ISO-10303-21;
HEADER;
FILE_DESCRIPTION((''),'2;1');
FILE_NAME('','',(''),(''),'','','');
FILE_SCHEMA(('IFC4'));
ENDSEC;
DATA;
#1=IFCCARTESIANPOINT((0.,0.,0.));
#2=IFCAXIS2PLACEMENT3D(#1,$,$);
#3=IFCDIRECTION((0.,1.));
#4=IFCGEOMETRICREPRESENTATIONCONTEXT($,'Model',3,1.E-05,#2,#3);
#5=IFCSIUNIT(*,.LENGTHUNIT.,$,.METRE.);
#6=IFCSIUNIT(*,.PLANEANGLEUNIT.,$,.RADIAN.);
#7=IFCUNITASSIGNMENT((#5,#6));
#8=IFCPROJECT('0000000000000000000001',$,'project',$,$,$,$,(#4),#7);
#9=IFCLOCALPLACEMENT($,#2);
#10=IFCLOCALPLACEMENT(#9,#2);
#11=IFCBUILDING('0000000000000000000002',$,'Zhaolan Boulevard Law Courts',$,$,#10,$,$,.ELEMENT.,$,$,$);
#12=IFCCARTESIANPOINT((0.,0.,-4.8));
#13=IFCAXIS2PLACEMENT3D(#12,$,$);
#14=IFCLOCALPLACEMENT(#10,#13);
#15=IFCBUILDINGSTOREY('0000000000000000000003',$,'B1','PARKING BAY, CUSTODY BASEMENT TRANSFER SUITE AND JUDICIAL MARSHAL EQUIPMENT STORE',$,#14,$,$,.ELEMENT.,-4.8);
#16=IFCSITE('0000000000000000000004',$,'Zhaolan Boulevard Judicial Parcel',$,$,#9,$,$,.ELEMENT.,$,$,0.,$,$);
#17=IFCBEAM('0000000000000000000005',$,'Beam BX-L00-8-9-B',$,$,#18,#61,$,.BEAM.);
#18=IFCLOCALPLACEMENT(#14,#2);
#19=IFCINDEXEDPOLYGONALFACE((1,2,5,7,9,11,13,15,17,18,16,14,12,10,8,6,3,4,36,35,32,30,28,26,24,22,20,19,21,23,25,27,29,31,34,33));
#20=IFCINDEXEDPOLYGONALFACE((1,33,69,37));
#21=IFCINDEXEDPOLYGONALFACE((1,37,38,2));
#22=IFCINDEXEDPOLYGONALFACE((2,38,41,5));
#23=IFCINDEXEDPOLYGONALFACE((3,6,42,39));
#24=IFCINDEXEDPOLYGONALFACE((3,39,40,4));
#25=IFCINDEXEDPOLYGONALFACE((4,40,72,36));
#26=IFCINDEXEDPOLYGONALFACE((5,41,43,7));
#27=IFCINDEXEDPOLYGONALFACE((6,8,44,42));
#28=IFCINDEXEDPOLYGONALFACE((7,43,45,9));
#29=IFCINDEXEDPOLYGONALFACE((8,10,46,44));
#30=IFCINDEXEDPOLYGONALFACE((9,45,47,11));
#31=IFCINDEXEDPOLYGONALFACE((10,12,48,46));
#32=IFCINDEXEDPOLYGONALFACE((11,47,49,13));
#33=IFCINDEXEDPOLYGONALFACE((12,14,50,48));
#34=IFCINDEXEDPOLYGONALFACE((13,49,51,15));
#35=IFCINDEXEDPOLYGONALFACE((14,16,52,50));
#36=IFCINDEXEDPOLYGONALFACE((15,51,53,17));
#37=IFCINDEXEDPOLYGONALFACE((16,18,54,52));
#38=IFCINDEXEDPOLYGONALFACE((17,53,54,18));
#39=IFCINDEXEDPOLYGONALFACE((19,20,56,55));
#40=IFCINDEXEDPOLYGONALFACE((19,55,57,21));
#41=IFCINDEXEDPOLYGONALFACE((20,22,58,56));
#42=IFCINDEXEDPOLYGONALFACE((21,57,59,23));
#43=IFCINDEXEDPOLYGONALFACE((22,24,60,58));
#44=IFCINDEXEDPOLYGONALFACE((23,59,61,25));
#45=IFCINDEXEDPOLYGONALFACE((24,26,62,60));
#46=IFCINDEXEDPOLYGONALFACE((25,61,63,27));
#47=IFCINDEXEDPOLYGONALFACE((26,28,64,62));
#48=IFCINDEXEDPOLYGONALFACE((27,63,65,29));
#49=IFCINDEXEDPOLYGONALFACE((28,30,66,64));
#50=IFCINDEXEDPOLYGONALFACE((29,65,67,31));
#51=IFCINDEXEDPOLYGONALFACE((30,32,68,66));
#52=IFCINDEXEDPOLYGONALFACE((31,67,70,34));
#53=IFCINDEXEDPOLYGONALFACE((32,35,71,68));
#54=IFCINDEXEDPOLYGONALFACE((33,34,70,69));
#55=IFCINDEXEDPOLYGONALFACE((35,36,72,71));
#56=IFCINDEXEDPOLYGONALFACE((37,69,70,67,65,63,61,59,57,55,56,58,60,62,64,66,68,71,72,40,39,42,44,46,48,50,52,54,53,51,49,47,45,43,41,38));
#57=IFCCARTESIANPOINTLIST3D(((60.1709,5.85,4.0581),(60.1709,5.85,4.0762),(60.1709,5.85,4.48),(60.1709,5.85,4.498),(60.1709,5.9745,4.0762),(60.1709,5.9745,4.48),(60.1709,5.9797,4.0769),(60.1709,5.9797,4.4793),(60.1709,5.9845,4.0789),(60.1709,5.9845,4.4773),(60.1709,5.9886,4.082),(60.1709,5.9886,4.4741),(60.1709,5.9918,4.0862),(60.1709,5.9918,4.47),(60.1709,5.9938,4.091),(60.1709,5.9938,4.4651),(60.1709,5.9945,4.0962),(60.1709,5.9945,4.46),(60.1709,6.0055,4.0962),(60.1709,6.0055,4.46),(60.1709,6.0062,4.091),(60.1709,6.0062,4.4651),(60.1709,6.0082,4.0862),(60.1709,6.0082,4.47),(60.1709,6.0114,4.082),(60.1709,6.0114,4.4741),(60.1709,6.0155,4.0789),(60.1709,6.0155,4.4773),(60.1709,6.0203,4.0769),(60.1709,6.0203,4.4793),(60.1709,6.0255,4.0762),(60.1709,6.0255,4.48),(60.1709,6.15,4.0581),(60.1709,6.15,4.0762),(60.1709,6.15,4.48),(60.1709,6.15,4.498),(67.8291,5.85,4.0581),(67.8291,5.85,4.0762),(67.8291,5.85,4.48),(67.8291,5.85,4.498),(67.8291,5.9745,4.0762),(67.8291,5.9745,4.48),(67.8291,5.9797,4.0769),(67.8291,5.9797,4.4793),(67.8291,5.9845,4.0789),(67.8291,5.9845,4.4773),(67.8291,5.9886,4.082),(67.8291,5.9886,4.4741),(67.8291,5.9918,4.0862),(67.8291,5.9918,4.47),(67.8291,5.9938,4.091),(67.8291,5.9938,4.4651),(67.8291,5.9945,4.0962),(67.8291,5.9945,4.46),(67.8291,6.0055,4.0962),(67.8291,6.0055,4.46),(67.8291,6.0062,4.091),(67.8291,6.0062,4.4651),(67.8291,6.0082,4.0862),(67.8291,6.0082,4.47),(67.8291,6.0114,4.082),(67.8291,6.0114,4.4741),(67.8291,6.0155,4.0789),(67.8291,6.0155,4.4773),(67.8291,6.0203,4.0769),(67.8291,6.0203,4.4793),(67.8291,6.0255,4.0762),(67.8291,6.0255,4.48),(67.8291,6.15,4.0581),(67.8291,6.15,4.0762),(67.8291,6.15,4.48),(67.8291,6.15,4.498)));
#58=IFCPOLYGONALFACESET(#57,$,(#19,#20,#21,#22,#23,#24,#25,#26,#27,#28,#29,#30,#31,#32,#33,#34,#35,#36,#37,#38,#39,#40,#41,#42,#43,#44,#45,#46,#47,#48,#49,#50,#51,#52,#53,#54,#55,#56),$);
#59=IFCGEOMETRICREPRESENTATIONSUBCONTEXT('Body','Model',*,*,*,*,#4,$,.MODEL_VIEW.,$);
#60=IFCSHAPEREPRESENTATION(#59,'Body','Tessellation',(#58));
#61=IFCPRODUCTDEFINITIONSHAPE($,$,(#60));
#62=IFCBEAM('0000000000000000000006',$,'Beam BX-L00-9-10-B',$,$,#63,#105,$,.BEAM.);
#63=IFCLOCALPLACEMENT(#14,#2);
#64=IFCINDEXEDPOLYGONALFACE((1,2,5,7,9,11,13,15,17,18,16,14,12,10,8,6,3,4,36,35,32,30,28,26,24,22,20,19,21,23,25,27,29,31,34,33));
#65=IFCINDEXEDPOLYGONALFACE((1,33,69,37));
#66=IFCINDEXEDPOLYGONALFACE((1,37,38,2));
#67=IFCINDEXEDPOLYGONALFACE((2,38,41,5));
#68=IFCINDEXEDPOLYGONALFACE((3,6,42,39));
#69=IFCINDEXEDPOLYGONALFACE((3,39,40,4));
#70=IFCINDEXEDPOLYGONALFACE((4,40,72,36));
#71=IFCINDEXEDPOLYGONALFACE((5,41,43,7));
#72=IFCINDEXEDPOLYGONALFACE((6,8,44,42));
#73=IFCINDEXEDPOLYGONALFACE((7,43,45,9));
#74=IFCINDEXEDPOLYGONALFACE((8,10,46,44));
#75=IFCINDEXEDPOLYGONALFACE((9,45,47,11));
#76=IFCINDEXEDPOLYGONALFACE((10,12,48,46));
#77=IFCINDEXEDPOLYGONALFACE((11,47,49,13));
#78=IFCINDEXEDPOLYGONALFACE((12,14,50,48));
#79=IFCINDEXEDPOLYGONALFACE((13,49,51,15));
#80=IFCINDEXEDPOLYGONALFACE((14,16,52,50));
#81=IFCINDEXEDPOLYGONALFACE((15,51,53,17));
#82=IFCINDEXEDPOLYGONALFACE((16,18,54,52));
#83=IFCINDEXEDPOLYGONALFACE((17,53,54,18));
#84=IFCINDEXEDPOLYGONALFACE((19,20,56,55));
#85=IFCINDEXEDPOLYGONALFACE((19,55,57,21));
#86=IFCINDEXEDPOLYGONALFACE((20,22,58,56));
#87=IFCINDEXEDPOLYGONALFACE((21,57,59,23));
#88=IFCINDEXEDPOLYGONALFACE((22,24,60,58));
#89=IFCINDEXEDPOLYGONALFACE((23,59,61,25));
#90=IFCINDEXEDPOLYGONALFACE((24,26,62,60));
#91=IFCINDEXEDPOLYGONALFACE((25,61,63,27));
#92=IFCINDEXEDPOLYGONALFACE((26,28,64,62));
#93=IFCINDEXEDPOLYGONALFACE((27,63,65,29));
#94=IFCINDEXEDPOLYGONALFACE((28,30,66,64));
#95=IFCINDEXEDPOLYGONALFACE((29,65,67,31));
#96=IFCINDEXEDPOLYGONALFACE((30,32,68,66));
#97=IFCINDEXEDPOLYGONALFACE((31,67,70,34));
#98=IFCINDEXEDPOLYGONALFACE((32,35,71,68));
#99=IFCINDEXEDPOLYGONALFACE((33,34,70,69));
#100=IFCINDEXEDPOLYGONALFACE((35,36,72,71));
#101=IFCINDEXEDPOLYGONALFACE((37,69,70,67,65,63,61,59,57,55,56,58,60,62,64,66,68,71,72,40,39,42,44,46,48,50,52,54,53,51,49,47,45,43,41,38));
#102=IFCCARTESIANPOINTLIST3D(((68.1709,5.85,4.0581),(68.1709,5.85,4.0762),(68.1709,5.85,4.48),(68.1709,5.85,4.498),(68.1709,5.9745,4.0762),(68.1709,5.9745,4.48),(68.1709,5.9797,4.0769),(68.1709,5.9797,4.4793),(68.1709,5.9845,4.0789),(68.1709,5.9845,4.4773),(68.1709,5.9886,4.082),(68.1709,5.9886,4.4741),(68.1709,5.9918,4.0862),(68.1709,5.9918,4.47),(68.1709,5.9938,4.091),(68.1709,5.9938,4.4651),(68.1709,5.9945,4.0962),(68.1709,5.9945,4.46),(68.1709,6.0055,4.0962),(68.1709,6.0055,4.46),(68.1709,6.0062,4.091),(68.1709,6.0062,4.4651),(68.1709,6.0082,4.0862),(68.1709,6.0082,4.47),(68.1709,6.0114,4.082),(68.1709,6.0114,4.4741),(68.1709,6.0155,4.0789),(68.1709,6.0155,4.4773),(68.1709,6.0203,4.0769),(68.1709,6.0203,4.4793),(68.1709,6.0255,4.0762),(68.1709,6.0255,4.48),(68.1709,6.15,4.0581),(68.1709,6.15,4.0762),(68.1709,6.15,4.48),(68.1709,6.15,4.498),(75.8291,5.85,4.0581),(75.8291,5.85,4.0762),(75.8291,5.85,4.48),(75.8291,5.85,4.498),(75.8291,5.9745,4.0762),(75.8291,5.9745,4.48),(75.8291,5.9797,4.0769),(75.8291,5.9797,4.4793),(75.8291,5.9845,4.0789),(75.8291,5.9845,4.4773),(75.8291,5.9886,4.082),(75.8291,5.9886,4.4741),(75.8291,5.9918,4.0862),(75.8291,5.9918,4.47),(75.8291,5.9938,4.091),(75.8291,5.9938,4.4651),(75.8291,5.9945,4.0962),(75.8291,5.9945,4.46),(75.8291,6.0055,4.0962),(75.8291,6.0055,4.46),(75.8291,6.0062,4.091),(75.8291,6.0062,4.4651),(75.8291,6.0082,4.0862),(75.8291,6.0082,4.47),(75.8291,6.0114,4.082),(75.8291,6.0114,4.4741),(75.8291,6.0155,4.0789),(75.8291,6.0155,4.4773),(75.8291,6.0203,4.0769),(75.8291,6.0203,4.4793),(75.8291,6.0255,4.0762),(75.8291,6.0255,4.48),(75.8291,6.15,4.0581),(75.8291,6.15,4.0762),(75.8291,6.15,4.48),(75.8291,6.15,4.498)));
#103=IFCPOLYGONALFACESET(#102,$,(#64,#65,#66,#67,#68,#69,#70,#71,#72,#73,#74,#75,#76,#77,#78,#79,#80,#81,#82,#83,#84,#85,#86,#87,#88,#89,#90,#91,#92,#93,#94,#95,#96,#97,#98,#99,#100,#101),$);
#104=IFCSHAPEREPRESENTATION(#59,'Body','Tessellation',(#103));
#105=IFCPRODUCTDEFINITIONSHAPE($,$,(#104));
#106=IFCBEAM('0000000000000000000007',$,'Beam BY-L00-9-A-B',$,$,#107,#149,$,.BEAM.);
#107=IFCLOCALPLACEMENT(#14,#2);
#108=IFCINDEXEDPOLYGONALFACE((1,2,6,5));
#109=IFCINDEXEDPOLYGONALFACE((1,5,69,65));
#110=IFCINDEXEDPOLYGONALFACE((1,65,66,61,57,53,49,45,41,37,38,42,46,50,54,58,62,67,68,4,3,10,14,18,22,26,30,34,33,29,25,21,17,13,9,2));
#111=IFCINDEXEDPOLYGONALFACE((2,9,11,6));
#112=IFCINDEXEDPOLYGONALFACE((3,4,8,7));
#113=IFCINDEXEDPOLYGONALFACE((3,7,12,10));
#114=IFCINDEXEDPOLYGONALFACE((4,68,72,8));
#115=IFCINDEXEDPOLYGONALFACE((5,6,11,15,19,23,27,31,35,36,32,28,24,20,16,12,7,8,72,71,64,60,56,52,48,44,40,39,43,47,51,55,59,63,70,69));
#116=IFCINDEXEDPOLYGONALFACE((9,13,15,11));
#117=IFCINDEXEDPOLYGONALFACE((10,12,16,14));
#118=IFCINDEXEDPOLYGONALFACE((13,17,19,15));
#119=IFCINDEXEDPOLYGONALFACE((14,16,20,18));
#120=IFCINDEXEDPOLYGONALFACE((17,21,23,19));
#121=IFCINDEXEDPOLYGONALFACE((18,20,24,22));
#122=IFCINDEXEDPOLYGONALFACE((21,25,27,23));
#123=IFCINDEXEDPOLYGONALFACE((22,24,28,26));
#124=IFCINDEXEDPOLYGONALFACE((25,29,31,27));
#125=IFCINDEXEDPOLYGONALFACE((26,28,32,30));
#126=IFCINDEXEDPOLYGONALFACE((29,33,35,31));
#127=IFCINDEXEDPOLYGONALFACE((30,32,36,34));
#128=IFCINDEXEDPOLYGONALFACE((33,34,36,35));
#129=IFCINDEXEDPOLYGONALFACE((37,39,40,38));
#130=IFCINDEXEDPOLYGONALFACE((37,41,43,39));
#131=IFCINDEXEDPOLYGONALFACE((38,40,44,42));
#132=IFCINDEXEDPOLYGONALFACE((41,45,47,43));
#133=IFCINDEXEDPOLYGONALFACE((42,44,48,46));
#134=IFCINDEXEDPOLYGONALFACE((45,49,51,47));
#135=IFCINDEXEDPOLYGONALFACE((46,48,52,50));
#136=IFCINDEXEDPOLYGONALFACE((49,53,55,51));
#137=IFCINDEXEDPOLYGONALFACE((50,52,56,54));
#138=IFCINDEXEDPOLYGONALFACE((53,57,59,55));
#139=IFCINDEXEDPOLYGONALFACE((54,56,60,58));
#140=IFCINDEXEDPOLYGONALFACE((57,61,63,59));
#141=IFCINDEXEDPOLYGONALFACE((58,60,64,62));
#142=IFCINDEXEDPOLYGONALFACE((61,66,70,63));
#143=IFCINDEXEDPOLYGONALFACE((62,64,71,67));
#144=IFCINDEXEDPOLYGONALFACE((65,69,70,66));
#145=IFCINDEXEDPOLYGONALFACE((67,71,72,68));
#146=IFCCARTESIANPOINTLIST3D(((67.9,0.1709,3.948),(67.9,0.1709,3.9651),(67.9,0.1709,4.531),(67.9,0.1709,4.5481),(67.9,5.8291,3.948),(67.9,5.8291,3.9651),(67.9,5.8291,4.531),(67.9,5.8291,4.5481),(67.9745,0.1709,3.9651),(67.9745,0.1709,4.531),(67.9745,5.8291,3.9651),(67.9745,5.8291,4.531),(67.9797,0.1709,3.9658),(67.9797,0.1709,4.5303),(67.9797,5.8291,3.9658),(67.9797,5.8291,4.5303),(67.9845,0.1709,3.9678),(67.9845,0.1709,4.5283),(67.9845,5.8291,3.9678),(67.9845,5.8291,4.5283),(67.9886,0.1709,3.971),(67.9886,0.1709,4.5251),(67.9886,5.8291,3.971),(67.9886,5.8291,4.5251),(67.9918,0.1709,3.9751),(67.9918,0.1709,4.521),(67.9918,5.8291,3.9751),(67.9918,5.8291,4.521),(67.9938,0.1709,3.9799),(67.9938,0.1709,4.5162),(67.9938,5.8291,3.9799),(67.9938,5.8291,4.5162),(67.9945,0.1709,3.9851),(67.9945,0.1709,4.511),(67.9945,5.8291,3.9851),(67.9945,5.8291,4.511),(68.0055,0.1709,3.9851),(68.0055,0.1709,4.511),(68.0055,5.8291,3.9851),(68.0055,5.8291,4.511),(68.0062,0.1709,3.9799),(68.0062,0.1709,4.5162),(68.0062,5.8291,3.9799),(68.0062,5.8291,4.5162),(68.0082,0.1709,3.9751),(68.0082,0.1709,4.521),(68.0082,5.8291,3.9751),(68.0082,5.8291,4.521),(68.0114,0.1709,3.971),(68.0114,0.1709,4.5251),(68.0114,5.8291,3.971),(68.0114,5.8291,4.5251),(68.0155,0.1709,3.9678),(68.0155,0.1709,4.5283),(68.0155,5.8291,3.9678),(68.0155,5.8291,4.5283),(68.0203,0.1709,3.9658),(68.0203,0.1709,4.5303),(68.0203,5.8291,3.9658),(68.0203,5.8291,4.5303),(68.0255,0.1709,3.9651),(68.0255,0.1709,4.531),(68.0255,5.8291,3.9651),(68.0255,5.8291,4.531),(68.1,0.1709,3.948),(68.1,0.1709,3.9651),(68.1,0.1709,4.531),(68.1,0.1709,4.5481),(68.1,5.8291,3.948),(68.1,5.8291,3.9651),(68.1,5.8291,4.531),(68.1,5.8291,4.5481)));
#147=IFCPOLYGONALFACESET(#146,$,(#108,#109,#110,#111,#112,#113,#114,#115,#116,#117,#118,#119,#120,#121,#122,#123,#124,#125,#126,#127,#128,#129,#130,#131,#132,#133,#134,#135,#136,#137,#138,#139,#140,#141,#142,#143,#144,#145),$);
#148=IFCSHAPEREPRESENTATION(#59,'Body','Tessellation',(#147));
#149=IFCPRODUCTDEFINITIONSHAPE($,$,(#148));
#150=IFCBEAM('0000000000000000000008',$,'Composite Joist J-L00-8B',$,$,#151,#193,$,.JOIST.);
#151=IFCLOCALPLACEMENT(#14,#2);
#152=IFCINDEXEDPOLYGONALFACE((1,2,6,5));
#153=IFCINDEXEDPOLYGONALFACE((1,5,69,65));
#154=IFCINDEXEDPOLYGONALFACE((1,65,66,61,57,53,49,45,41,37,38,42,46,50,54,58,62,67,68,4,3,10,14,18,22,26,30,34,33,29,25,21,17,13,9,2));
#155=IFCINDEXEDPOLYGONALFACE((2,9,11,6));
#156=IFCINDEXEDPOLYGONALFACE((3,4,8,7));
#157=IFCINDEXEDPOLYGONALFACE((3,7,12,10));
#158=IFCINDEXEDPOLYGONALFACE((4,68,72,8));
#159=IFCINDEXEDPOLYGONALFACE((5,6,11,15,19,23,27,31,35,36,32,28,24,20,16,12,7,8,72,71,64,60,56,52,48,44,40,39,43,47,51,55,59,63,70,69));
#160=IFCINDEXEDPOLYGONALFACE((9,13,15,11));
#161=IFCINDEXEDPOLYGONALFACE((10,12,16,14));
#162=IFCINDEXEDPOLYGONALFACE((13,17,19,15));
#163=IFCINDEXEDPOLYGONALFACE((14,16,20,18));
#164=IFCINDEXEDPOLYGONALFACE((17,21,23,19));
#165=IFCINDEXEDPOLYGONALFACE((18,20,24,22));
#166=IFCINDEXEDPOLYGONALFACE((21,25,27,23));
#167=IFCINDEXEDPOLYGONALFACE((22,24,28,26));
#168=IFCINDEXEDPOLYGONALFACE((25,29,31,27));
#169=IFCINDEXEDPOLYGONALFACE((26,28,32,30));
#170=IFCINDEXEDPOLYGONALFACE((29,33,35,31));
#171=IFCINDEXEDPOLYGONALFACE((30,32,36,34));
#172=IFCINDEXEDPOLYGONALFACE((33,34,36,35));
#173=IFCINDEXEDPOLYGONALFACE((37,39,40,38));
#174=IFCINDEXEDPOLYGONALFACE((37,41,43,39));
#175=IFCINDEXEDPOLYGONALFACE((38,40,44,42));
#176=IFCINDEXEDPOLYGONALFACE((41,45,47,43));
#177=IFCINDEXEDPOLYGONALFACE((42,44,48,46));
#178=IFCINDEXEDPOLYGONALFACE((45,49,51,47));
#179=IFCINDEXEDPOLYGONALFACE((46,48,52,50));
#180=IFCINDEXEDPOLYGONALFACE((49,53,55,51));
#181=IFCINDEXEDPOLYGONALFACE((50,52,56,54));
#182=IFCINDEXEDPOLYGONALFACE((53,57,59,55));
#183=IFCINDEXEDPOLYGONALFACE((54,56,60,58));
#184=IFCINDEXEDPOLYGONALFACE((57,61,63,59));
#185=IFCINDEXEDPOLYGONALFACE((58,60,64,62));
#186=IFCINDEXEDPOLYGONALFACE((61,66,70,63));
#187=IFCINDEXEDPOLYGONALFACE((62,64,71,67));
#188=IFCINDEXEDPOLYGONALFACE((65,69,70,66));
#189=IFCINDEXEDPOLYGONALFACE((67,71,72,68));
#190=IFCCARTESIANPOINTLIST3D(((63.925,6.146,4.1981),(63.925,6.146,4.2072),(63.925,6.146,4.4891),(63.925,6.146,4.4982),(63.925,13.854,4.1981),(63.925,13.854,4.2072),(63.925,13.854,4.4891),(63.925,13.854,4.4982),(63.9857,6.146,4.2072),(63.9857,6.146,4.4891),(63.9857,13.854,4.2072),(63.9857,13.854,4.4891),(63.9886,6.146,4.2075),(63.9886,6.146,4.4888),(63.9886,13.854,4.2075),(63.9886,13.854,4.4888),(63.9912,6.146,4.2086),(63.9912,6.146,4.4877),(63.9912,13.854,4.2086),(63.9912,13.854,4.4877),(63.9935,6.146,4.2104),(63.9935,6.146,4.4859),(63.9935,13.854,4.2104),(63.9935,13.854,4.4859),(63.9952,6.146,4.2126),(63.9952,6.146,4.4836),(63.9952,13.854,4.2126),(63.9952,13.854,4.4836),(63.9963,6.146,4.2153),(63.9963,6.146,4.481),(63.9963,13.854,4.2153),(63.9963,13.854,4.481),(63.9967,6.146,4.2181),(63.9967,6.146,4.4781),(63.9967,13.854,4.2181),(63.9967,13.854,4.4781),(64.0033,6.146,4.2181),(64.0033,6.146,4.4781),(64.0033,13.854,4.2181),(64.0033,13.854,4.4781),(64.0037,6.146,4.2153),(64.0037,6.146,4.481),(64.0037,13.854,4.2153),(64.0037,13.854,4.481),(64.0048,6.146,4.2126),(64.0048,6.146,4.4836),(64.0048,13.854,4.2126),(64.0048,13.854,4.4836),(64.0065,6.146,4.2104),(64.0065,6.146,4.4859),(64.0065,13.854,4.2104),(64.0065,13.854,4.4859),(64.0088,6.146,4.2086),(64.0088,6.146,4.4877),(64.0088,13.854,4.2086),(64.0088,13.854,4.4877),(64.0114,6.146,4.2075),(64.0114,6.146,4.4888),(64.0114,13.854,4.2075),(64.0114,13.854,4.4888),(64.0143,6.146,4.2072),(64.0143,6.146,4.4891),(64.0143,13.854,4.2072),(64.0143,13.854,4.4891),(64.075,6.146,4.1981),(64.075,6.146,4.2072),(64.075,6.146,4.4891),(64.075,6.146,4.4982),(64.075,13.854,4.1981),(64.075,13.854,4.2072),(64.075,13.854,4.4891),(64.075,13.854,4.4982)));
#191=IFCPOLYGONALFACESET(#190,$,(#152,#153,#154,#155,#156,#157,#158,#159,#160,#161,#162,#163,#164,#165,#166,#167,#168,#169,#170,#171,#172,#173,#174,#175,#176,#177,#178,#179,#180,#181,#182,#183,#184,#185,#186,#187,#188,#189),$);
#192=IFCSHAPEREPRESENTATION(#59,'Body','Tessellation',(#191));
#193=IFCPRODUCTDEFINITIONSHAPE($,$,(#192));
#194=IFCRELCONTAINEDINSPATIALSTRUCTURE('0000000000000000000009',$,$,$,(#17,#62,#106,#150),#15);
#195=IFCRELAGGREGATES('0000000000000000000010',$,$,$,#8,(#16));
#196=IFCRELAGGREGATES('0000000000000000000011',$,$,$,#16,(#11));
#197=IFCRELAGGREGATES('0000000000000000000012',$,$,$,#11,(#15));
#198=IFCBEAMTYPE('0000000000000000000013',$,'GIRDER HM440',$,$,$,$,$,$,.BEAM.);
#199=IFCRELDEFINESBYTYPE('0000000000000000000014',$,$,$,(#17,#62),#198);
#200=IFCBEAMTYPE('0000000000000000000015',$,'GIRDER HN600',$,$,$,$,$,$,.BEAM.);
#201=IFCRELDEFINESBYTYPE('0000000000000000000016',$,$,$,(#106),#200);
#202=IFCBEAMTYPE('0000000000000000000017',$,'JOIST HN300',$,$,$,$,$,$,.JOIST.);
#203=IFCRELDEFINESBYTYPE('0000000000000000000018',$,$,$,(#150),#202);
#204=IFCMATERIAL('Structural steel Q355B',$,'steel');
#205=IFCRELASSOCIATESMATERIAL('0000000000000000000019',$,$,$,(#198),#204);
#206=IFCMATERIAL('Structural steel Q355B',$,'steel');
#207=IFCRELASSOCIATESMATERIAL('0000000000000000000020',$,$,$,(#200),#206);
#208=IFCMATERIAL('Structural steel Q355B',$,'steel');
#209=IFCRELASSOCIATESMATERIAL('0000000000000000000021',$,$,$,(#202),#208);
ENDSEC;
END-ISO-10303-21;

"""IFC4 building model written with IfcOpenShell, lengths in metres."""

from ifc_helpers import new_model, si_unit, direction, frame, origin, origin_2d, place, context, subcontext, project, spatial, i_section, extrude, material, material_profile, profile_set, type_object, element, save


model = new_model("IFC4")

# Units and contexts
model_context = context("Model", 3, precision=1e-05, world=origin(), true_north=direction((0.0, 1.0)))
body_context = subcontext(model_context, "Body", "Model", "MODEL_VIEW")
ifc_project = project(units=[si_unit("LENGTHUNIT", "METRE"), si_unit("PLANEANGLEUNIT", "RADIAN")], contexts=[model_context])

# Site, building, storey
site_placement = place(None, origin())
site = spatial("IfcSite", under=ifc_project, at=site_placement, Name="Zhaolan Boulevard Judicial Parcel", CompositionType="ELEMENT", RefElevation=0.0)
building_placement = place(site_placement, origin())
building = spatial("IfcBuilding", under=site, at=building_placement, Name="Zhaolan Boulevard Law Courts", CompositionType="ELEMENT")
storey_placement = place(building_placement, frame((0.0, 0.0, -4.8)))
storey = spatial("IfcBuildingStorey", under=building, at=storey_placement, Name="B1", Description="PARKING BAY, CUSTODY BASEMENT TRANSFER SUITE AND JUDICIAL MARSHAL EQUIPMENT STORE", CompositionType="ELEMENT", Elevation=-4.8)

# Beams
ifc_material_1 = material(Name="Structural steel Q355B", Category="steel")
ifc_material_profile_1 = material_profile(ifc_material_1, i_section(OverallWidth=0.3, OverallDepth=0.4399, WebThickness=0.011, FlangeThickness=0.0181, FilletRadius=0.02, at=origin_2d()), Name="HM440x300")
ifc_profile_set_1 = profile_set([ifc_material_profile_1], Name="Structural steel Q355B")
beam_type_1 = type_object("IfcBeamType", Name="GIRDER HM440", PredefinedType="BEAM", material=ifc_profile_set_1)
for number, where, z_axis, x_axis, name in (
    (1, (60.1709, 6.0, 4.2781), (1.0, 0.0, 0.0), (0.0, 1.0, 0.0), "Beam BX-L00-8-9-B"),
    (2, (68.1709, 6.0, 4.2781), (1.0, 0.0, 0.0), (0.0, 1.0, 0.0), "Beam BX-L00-9-10-B"),
):
    element("IfcBeam", number, at=place(storey_placement, frame(where, z_axis=z_axis, x_axis=x_axis)), inside=storey, type_object=beam_type_1, Name=name, PredefinedType="BEAM", context=body_context, shape_type="SweptSolid", body=[
        extrude(i_section(OverallWidth=0.3, OverallDepth=0.4399, WebThickness=0.011, FlangeThickness=0.0181, FilletRadius=0.02, at=origin_2d()), origin(), (0.0, 0.0, 1.0), 7.6582),
    ])
ifc_material_2 = material(Name="Structural steel Q355B", Category="steel")
ifc_material_profile_2 = material_profile(ifc_material_2, i_section(OverallWidth=0.2, OverallDepth=0.6001, WebThickness=0.011, FlangeThickness=0.0171, FilletRadius=0.02, at=origin_2d()), Name="HN600x200")
ifc_profile_set_2 = profile_set([ifc_material_profile_2], Name="Structural steel Q355B")
beam_type_2 = type_object("IfcBeamType", Name="GIRDER HN600", PredefinedType="BEAM", material=ifc_profile_set_2)
beam_1_placement = place(storey_placement, frame((68.0, 0.1709, 4.248), z_axis=(0.0, 1.0, 0.0), x_axis=(-1.0, 0.0, 0.0)))
element("IfcBeam", 3, at=beam_1_placement, inside=storey, type_object=beam_type_2, Name="Beam BY-L00-9-A-B", PredefinedType="BEAM", context=body_context, shape_type="SweptSolid", body=[
    extrude(i_section(OverallWidth=0.2, OverallDepth=0.6001, WebThickness=0.011, FlangeThickness=0.0171, FilletRadius=0.02, at=origin_2d()), origin(), (0.0, 0.0, 1.0), 5.6582),
])
ifc_material_3 = material(Name="Structural steel Q355B", Category="steel")
ifc_material_profile_3 = material_profile(ifc_material_3, i_section(OverallWidth=0.1499, OverallDepth=0.3, WebThickness=0.0066, FlangeThickness=0.009, FilletRadius=0.011, at=origin_2d()), Name="HN300x150")
ifc_profile_set_3 = profile_set([ifc_material_profile_3], Name="Structural steel Q355B")
beam_type_3 = type_object("IfcBeamType", Name="JOIST HN300", PredefinedType="JOIST", material=ifc_profile_set_3)
beam_2_placement = place(storey_placement, frame((64.0, 6.146, 4.3481), z_axis=(0.0, 1.0, 0.0), x_axis=(-1.0, 0.0, 0.0)))
element("IfcBeam", 4, at=beam_2_placement, inside=storey, type_object=beam_type_3, Name="Composite Joist J-L00-8B", PredefinedType="JOIST", context=body_context, shape_type="SweptSolid", body=[
    extrude(i_section(OverallWidth=0.1499, OverallDepth=0.3, WebThickness=0.0066, FlangeThickness=0.009, FilletRadius=0.011, at=origin_2d()), origin(), (0.0, 0.0, 1.0), 7.708),
])

save(model, "model.ifc")
